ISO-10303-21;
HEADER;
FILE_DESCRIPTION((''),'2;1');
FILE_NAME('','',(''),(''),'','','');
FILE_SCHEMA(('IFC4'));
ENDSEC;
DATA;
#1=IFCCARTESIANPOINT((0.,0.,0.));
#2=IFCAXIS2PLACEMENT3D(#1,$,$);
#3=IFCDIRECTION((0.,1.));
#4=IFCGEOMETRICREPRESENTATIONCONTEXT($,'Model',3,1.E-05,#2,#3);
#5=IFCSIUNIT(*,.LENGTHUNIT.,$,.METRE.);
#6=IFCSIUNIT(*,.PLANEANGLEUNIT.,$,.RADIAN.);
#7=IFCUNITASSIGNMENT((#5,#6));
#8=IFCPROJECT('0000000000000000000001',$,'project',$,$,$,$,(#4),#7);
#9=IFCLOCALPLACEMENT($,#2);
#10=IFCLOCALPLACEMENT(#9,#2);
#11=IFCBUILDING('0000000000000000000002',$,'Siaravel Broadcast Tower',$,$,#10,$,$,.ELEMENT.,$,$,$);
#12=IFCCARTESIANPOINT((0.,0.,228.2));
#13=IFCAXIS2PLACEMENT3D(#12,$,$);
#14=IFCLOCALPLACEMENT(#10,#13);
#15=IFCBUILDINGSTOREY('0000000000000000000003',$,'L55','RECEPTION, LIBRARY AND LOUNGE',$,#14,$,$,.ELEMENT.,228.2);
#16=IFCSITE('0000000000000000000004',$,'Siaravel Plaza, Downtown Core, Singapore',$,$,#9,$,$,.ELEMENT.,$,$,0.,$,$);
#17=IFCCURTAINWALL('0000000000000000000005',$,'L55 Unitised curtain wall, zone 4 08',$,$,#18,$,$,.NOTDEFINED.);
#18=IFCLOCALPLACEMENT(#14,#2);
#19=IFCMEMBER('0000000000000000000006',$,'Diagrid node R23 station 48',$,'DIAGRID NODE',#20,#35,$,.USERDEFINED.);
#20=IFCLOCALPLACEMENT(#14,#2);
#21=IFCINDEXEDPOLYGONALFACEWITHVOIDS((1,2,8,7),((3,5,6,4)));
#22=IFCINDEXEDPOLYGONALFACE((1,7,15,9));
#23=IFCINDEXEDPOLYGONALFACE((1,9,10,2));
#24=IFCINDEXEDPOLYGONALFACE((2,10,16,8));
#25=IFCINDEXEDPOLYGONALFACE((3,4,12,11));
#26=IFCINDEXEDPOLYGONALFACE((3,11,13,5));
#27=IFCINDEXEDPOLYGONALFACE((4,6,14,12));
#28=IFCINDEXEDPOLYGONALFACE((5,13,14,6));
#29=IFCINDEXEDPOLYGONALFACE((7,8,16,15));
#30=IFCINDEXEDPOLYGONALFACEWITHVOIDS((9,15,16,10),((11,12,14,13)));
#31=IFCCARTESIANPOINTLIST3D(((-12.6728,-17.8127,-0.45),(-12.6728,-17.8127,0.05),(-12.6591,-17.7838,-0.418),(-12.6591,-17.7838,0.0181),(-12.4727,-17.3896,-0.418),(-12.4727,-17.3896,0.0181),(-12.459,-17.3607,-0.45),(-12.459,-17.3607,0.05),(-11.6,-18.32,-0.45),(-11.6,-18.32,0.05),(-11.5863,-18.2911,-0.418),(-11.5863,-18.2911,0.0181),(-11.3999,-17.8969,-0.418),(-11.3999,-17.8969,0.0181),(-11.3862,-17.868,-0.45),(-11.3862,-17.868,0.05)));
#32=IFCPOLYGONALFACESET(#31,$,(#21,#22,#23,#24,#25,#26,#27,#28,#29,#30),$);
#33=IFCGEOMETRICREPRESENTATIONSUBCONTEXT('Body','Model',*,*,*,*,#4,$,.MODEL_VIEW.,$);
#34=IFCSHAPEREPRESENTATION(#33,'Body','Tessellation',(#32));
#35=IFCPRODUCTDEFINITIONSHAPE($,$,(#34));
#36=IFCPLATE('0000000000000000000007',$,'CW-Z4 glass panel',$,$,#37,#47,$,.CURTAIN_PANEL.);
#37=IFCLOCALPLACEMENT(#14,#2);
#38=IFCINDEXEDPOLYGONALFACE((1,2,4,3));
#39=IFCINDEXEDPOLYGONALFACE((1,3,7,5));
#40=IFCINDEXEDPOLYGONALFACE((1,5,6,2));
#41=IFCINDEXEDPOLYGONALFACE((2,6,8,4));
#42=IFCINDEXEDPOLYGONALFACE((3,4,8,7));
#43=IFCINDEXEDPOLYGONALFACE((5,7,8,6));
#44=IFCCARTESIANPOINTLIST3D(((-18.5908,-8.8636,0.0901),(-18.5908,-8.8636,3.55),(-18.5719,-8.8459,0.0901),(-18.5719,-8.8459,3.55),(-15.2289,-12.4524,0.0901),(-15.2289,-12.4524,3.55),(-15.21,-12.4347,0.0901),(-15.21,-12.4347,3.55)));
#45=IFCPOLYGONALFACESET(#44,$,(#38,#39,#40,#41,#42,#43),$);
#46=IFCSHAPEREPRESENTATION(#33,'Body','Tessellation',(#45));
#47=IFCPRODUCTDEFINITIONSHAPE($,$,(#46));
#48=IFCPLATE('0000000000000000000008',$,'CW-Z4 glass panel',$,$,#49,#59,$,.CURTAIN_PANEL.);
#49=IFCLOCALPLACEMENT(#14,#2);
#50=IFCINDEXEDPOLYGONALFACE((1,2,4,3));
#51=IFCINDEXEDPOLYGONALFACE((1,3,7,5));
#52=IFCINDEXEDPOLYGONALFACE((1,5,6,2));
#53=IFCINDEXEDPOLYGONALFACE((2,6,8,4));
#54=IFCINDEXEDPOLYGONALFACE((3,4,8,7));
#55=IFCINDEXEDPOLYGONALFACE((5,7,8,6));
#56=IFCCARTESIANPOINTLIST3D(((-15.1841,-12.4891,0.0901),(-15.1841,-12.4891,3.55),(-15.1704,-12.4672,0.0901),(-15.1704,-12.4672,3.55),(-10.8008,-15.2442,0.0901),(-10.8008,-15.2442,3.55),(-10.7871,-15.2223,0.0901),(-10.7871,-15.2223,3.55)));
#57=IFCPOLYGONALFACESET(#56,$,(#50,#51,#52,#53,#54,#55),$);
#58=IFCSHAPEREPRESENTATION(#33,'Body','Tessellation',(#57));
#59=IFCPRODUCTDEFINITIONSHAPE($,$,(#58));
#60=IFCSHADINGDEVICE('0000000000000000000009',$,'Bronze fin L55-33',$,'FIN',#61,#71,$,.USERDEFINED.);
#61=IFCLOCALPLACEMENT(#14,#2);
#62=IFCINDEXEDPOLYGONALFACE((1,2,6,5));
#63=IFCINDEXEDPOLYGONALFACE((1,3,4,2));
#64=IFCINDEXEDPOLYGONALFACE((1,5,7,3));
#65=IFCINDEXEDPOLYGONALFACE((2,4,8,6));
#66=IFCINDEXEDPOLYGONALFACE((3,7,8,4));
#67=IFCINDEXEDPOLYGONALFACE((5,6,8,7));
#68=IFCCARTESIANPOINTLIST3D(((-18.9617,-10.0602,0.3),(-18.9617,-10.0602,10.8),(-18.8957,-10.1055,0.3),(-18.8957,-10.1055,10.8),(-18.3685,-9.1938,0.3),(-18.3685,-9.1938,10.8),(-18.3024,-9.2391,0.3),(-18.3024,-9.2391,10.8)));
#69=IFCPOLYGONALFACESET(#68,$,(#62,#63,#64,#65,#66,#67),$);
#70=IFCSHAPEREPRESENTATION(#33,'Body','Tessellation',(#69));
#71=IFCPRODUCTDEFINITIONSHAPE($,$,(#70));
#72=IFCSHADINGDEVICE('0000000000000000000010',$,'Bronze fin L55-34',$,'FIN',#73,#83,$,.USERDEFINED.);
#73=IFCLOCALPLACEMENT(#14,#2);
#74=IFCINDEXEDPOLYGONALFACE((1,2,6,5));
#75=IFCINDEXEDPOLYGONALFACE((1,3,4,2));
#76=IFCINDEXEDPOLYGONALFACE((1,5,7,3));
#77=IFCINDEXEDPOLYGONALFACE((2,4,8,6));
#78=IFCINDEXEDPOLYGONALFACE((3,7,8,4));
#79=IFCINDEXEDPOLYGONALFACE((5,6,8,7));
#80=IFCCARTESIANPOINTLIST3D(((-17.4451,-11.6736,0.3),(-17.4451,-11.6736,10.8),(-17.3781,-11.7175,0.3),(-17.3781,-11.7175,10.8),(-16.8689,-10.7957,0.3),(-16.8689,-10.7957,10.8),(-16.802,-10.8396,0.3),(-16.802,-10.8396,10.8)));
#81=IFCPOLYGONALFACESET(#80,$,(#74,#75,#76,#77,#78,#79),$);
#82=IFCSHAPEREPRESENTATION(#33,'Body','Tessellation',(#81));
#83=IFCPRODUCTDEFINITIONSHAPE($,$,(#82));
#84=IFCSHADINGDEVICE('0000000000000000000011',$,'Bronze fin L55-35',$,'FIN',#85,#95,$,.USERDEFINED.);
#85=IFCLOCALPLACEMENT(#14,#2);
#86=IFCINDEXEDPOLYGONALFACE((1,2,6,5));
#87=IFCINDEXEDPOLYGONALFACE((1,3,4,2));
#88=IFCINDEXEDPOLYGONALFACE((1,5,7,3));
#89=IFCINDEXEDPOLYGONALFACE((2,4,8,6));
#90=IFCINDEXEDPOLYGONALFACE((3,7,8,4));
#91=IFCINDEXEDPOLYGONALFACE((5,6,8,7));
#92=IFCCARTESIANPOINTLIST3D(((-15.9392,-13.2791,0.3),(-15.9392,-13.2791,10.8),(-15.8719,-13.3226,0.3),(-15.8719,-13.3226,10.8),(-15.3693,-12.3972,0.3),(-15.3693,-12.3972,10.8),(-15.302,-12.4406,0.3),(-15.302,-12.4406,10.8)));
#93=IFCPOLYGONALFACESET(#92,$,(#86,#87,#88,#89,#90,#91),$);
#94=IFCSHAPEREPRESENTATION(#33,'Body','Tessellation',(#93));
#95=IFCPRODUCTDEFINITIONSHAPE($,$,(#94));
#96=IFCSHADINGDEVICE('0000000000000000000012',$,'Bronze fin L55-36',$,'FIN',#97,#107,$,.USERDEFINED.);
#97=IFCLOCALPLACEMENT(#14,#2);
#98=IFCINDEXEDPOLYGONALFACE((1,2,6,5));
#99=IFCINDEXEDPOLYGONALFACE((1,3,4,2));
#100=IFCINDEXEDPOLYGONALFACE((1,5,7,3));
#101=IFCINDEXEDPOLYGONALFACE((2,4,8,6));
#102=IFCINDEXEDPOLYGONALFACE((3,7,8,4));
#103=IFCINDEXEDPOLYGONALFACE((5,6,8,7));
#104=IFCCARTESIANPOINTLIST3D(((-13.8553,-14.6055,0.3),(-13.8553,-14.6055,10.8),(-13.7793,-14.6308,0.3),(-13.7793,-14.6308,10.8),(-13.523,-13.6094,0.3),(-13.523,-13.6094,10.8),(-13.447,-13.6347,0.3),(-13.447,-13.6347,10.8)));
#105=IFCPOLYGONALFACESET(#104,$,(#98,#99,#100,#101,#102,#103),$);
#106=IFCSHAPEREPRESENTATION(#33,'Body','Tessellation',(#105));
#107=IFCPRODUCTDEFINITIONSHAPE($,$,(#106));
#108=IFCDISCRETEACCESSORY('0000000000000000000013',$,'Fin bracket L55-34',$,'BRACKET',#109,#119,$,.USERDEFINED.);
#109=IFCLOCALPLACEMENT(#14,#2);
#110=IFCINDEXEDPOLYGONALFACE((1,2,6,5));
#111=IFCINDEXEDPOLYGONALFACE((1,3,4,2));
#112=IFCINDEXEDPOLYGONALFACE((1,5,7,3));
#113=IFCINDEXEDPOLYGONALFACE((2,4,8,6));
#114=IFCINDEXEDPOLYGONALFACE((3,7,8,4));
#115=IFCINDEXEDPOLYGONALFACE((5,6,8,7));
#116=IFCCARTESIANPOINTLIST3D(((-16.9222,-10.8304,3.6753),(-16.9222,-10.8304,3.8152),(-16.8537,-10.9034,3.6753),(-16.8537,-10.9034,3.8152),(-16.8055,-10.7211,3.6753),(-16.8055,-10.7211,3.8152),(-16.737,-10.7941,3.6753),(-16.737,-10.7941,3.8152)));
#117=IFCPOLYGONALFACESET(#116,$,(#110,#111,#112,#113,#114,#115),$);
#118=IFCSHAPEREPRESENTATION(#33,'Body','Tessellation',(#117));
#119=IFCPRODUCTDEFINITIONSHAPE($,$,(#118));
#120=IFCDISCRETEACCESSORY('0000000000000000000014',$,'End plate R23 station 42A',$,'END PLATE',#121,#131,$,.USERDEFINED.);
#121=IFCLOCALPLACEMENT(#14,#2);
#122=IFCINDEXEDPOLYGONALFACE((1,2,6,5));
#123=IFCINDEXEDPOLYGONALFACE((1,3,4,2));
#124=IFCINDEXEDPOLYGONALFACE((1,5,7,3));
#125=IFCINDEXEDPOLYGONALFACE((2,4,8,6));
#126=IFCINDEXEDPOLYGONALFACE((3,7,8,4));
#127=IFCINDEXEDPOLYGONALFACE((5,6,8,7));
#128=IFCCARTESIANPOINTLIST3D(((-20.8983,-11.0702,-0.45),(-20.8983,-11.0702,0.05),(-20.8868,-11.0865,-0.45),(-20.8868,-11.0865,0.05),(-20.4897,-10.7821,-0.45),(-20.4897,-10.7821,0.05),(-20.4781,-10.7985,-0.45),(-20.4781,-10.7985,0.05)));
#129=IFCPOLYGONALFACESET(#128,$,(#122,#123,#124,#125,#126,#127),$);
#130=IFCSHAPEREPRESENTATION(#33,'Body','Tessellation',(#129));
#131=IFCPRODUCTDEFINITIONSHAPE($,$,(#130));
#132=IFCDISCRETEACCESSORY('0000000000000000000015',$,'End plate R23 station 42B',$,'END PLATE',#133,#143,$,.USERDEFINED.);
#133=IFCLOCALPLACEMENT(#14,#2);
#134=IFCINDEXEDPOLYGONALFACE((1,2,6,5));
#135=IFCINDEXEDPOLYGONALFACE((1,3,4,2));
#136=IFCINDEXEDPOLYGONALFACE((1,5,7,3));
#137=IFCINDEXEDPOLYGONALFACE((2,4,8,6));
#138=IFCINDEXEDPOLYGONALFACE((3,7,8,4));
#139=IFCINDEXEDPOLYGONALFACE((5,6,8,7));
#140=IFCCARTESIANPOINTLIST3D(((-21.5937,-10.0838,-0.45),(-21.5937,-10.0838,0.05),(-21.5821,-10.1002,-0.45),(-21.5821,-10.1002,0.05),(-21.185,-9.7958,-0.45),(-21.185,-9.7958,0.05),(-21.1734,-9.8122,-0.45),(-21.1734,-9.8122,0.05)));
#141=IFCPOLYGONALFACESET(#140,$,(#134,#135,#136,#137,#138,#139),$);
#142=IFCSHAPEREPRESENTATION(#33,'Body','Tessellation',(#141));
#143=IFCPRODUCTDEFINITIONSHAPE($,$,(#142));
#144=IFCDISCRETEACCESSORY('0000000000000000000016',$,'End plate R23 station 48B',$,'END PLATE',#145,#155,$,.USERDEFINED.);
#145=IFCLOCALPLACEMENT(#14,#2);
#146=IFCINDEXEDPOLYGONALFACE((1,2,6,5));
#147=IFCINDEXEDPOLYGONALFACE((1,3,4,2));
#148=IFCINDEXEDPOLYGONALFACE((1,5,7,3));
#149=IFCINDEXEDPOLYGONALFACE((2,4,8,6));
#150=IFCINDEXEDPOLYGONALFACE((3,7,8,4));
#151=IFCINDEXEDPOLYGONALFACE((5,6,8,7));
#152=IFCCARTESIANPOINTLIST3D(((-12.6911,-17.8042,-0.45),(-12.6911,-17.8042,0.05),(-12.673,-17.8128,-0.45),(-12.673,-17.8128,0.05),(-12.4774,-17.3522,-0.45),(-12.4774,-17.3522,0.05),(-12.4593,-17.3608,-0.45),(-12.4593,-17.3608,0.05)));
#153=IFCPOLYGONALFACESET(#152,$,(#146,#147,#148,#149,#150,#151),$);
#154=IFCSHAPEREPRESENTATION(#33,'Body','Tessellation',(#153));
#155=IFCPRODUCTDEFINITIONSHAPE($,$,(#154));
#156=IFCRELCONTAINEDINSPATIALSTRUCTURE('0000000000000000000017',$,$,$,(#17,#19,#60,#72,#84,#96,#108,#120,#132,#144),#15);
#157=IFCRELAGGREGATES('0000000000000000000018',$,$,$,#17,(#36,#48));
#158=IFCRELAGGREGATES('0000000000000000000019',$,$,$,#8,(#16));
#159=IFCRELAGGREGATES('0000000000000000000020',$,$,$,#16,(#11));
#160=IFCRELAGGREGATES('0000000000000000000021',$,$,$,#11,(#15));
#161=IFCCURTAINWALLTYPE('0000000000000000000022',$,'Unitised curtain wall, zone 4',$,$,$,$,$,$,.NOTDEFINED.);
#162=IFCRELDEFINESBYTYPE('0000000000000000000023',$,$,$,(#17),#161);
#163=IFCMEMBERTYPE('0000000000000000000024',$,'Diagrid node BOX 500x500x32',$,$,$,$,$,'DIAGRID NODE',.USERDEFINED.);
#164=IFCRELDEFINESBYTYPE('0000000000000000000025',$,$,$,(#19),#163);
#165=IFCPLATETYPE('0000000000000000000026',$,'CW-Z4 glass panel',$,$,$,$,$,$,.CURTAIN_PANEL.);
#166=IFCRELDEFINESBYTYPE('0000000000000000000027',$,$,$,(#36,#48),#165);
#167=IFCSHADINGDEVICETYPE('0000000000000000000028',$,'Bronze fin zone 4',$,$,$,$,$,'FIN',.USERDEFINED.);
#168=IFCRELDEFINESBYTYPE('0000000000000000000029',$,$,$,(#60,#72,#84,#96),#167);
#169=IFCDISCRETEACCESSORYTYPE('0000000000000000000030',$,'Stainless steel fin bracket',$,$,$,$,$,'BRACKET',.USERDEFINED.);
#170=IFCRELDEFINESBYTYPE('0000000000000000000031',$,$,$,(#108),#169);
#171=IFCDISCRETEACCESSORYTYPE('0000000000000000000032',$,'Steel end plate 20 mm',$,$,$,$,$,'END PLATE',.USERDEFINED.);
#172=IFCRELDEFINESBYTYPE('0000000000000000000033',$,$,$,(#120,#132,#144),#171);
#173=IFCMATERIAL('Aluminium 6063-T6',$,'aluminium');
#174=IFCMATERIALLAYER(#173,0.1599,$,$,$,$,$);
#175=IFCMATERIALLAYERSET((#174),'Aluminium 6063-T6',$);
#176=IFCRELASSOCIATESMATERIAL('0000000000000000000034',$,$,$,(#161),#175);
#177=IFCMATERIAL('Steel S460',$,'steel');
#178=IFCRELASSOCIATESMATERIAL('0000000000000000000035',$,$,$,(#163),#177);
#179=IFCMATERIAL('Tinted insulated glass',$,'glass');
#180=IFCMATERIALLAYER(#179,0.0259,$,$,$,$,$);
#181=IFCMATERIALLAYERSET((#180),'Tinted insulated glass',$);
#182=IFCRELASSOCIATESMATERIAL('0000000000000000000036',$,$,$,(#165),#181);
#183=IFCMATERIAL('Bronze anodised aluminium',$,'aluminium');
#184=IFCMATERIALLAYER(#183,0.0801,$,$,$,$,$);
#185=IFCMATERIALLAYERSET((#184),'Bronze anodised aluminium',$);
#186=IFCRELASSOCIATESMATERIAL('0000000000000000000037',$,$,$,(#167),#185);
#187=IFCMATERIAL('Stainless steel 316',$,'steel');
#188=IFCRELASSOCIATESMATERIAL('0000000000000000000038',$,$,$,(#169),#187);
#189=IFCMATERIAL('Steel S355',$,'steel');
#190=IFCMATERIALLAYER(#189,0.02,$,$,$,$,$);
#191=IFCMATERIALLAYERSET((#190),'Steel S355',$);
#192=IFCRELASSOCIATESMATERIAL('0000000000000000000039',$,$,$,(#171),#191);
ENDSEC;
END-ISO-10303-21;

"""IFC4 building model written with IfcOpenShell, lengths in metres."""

from ifc_helpers import new_model, si_unit, direction, frame, origin, origin_2d, place, context, subcontext, project, spatial, rectangle, hollow_rectangle, extrude, material, layer, layer_set, material_profile, profile_set, type_object, element, aggregate, save


model = new_model("IFC4")

# Units and contexts
model_context = context("Model", 3, precision=1e-05, world=origin(), true_north=direction((0.0, 1.0)))
body_context = subcontext(model_context, "Body", "Model", "MODEL_VIEW")
ifc_project = project(units=[si_unit("LENGTHUNIT", "METRE"), si_unit("PLANEANGLEUNIT", "RADIAN")], contexts=[model_context])

# Site, building, storey
site_placement = place(None, origin())
site = spatial("IfcSite", under=ifc_project, at=site_placement, Name="Siaravel Plaza, Downtown Core, Singapore", CompositionType="ELEMENT", RefElevation=0.0)
building_placement = place(site_placement, origin())
building = spatial("IfcBuilding", under=site, at=building_placement, Name="Siaravel Broadcast Tower", CompositionType="ELEMENT")
storey_placement = place(building_placement, frame((0.0, 0.0, 228.2)))
storey = spatial("IfcBuildingStorey", under=building, at=storey_placement, Name="L55", Description="RECEPTION, LIBRARY AND LOUNGE", CompositionType="ELEMENT", Elevation=228.2)

# Shared definitions
ifc_material_1 = material(Name="Steel S355", Category="steel")

# Shared definitions
ifc_material_2 = material(Name="Aluminium 6063-T6", Category="aluminium")
ifc_layer_1 = layer(ifc_material_2, 0.1599)
ifc_layer_set_1 = layer_set([ifc_layer_1], Name="Aluminium 6063-T6")
curtain_wall_type = type_object("IfcCurtainWallType", Name="Unitised curtain wall, zone 4", PredefinedType="NOTDEFINED", material=ifc_layer_set_1)

# Curtain wall
curtain_wall_1_placement = place(storey_placement, origin())
curtain_wall_1 = element("IfcCurtainWall", 1, at=curtain_wall_1_placement, inside=storey, type_object=curtain_wall_type, Name="L55 Unitised curtain wall, zone 4 08", PredefinedType="NOTDEFINED")

# Member
ifc_material_3 = material(Name="Steel S460", Category="steel")
ifc_material_profile_1 = material_profile(ifc_material_3, hollow_rectangle(XDim=0.5, YDim=0.5, WallThickness=0.032, at=origin_2d()))
ifc_profile_set_1 = profile_set([ifc_material_profile_1], Name="Steel S460")
member_type_1 = type_object("IfcMemberType", Name="Diagrid node BOX 500x500x32", ElementType="DIAGRID NODE", PredefinedType="USERDEFINED", material=ifc_profile_set_1)
for number, where, z_axis, x_axis, name in (
    (2, (-12.5659, -17.5867, -0.2), (0.904006, -0.42752, 0.0), (0.42752, 0.904006, 0.0), "Diagrid node R23 station 48"),
):
    element("IfcMember", number, at=place(storey_placement, frame(where, z_axis=z_axis, x_axis=x_axis)), inside=storey, type_object=member_type_1, Name=name, ObjectType="DIAGRID NODE", PredefinedType="USERDEFINED", context=body_context, shape_type="SweptSolid", body=[
        extrude(hollow_rectangle(XDim=0.5, YDim=0.5, WallThickness=0.032, at=origin_2d()), origin(), (0.0, 0.0, 1.0), 1.1868),
    ])

# Plates
ifc_material_4 = material(Name="Tinted insulated glass", Category="glass")
ifc_layer_2 = layer(ifc_material_4, 0.0259)
ifc_layer_set_2 = layer_set([ifc_layer_2], Name="Tinted insulated glass")
plate_type = type_object("IfcPlateType", Name="CW-Z4 glass panel", PredefinedType="CURTAIN_PANEL", material=ifc_layer_set_2)
plate_1_placement = place(storey_placement, frame((-16.9004, -10.6492, 0.0901), z_axis=(0.0, 0.0, 1.0), x_axis=(0.683654, -0.729806, 0.0)))
plate_1 = element("IfcPlate", 3, at=plate_1_placement, type_object=plate_type, Name="CW-Z4 glass panel", PredefinedType="CURTAIN_PANEL", context=body_context, shape_type="SweptSolid", body=[
    extrude(rectangle(XDim=4.9175, YDim=0.0259, at=origin_2d()), origin(), (0.0, 0.0, 1.0), 3.46),
])
plate_2_placement = place(storey_placement, frame((-12.9856, -13.8557, 0.0901), z_axis=(0.0, 0.0, 1.0), x_axis=(0.84665, -0.53215, 0.0)))
plate_2 = element("IfcPlate", 4, at=plate_2_placement, type_object=plate_type, Name="CW-Z4 glass panel", PredefinedType="CURTAIN_PANEL", context=body_context, shape_type="SweptSolid", body=[
    extrude(rectangle(XDim=5.1772, YDim=0.0259, at=origin_2d()), origin(), (0.0, 0.0, 1.0), 3.46),
])
aggregate(curtain_wall_1, [plate_1, plate_2])

# Shading devices
ifc_material_5 = material(Name="Bronze anodised aluminium", Category="aluminium")
ifc_layer_3 = layer(ifc_material_5, 0.0801)
ifc_layer_set_3 = layer_set([ifc_layer_3], Name="Bronze anodised aluminium")
shading_device_type = type_object("IfcShadingDeviceType", Name="Bronze fin zone 4", ElementType="FIN", PredefinedType="USERDEFINED", material=ifc_layer_set_3)
for number, where, z_axis, x_axis, name in (
    (5, (-18.6321, -9.6497, 0.3), (0.0, 0.0, 1.0), (-0.564987, -0.8251, 0.0), "Bronze fin L55-33"),
    (6, (-17.1235, -11.2566, 0.3), (0.0, 0.0, 1.0), (-0.54869, -0.836026, 0.0), "Bronze fin L55-34"),
    (7, (-15.6206, -12.8599, 0.3), (0.0, 0.0, 1.0), (-0.542752, -0.839893, 0.0), "Bronze fin L55-35"),
    (8, (-13.6511, -14.1201, 0.3), (0.0, 0.0, 1.0), (-0.316454, -0.948608, 0.0), "Bronze fin L55-36"),
):
    element("IfcShadingDevice", number, at=place(storey_placement, frame(where, z_axis=z_axis, x_axis=x_axis)), inside=storey, type_object=shading_device_type, Name=name, ObjectType="FIN", PredefinedType="USERDEFINED", context=body_context, shape_type="SweptSolid", body=[
        extrude(rectangle(XDim=1.05, YDim=0.0801, at=origin_2d()), origin(), (0.0, 0.0, 1.0), 10.5),
    ])

# Discrete accessories
ifc_material_6 = material(Name="Stainless steel 316", Category="steel")
discrete_accessory_type_1 = type_object("IfcDiscreteAccessoryType", Name="Stainless steel fin bracket", ElementType="BRACKET", PredefinedType="USERDEFINED", material=ifc_material_6)
discrete_accessory_placement = place(storey_placement, frame((-16.8296, -10.8123, 3.6753), z_axis=(0.0, 0.0, 1.0), x_axis=(-0.729807, -0.683653, 0.0)))
element("IfcDiscreteAccessory", 9, at=discrete_accessory_placement, inside=storey, type_object=discrete_accessory_type_1, Name="Fin bracket L55-34", ObjectType="BRACKET", PredefinedType="USERDEFINED", context=body_context, shape_type="SweptSolid", body=[
    extrude(rectangle(XDim=0.1599, YDim=0.1001, at=origin_2d()), origin(), (0.0, 0.0, 1.0), 0.1399),
])
ifc_layer_4 = layer(ifc_material_1, 0.02)
ifc_layer_set_4 = layer_set([ifc_layer_4], Name="Steel S355")
discrete_accessory_type_2 = type_object("IfcDiscreteAccessoryType", Name="Steel end plate 20 mm", ElementType="END PLATE", PredefinedType="USERDEFINED", material=ifc_layer_set_4)
for number, where, z_axis, x_axis, name in (
    (10, (-20.6882, -10.9343, -0.45), (0.0, 0.0, 1.0), (0.576119, -0.817366, 0.0), "End plate R23 station 42A"),
    (11, (-21.3835, -9.948, -0.45), (0.0, 0.0, 1.0), (0.576119, -0.817366, 0.0), "End plate R23 station 42B"),
    (12, (-12.5752, -17.5825, -0.45), (0.0, 0.0, 1.0), (0.904006, -0.427519, 0.0), "End plate R23 station 48B"),
):
    element("IfcDiscreteAccessory", number, at=place(storey_placement, frame(where, z_axis=z_axis, x_axis=x_axis)), inside=storey, type_object=discrete_accessory_type_2, Name=name, ObjectType="END PLATE", PredefinedType="USERDEFINED", context=body_context, shape_type="SweptSolid", body=[
        extrude(rectangle(XDim=0.02, YDim=0.5, at=origin_2d()), origin(), (0.0, 0.0, 1.0), 0.5),
    ])

save(model, "model.ifc")
